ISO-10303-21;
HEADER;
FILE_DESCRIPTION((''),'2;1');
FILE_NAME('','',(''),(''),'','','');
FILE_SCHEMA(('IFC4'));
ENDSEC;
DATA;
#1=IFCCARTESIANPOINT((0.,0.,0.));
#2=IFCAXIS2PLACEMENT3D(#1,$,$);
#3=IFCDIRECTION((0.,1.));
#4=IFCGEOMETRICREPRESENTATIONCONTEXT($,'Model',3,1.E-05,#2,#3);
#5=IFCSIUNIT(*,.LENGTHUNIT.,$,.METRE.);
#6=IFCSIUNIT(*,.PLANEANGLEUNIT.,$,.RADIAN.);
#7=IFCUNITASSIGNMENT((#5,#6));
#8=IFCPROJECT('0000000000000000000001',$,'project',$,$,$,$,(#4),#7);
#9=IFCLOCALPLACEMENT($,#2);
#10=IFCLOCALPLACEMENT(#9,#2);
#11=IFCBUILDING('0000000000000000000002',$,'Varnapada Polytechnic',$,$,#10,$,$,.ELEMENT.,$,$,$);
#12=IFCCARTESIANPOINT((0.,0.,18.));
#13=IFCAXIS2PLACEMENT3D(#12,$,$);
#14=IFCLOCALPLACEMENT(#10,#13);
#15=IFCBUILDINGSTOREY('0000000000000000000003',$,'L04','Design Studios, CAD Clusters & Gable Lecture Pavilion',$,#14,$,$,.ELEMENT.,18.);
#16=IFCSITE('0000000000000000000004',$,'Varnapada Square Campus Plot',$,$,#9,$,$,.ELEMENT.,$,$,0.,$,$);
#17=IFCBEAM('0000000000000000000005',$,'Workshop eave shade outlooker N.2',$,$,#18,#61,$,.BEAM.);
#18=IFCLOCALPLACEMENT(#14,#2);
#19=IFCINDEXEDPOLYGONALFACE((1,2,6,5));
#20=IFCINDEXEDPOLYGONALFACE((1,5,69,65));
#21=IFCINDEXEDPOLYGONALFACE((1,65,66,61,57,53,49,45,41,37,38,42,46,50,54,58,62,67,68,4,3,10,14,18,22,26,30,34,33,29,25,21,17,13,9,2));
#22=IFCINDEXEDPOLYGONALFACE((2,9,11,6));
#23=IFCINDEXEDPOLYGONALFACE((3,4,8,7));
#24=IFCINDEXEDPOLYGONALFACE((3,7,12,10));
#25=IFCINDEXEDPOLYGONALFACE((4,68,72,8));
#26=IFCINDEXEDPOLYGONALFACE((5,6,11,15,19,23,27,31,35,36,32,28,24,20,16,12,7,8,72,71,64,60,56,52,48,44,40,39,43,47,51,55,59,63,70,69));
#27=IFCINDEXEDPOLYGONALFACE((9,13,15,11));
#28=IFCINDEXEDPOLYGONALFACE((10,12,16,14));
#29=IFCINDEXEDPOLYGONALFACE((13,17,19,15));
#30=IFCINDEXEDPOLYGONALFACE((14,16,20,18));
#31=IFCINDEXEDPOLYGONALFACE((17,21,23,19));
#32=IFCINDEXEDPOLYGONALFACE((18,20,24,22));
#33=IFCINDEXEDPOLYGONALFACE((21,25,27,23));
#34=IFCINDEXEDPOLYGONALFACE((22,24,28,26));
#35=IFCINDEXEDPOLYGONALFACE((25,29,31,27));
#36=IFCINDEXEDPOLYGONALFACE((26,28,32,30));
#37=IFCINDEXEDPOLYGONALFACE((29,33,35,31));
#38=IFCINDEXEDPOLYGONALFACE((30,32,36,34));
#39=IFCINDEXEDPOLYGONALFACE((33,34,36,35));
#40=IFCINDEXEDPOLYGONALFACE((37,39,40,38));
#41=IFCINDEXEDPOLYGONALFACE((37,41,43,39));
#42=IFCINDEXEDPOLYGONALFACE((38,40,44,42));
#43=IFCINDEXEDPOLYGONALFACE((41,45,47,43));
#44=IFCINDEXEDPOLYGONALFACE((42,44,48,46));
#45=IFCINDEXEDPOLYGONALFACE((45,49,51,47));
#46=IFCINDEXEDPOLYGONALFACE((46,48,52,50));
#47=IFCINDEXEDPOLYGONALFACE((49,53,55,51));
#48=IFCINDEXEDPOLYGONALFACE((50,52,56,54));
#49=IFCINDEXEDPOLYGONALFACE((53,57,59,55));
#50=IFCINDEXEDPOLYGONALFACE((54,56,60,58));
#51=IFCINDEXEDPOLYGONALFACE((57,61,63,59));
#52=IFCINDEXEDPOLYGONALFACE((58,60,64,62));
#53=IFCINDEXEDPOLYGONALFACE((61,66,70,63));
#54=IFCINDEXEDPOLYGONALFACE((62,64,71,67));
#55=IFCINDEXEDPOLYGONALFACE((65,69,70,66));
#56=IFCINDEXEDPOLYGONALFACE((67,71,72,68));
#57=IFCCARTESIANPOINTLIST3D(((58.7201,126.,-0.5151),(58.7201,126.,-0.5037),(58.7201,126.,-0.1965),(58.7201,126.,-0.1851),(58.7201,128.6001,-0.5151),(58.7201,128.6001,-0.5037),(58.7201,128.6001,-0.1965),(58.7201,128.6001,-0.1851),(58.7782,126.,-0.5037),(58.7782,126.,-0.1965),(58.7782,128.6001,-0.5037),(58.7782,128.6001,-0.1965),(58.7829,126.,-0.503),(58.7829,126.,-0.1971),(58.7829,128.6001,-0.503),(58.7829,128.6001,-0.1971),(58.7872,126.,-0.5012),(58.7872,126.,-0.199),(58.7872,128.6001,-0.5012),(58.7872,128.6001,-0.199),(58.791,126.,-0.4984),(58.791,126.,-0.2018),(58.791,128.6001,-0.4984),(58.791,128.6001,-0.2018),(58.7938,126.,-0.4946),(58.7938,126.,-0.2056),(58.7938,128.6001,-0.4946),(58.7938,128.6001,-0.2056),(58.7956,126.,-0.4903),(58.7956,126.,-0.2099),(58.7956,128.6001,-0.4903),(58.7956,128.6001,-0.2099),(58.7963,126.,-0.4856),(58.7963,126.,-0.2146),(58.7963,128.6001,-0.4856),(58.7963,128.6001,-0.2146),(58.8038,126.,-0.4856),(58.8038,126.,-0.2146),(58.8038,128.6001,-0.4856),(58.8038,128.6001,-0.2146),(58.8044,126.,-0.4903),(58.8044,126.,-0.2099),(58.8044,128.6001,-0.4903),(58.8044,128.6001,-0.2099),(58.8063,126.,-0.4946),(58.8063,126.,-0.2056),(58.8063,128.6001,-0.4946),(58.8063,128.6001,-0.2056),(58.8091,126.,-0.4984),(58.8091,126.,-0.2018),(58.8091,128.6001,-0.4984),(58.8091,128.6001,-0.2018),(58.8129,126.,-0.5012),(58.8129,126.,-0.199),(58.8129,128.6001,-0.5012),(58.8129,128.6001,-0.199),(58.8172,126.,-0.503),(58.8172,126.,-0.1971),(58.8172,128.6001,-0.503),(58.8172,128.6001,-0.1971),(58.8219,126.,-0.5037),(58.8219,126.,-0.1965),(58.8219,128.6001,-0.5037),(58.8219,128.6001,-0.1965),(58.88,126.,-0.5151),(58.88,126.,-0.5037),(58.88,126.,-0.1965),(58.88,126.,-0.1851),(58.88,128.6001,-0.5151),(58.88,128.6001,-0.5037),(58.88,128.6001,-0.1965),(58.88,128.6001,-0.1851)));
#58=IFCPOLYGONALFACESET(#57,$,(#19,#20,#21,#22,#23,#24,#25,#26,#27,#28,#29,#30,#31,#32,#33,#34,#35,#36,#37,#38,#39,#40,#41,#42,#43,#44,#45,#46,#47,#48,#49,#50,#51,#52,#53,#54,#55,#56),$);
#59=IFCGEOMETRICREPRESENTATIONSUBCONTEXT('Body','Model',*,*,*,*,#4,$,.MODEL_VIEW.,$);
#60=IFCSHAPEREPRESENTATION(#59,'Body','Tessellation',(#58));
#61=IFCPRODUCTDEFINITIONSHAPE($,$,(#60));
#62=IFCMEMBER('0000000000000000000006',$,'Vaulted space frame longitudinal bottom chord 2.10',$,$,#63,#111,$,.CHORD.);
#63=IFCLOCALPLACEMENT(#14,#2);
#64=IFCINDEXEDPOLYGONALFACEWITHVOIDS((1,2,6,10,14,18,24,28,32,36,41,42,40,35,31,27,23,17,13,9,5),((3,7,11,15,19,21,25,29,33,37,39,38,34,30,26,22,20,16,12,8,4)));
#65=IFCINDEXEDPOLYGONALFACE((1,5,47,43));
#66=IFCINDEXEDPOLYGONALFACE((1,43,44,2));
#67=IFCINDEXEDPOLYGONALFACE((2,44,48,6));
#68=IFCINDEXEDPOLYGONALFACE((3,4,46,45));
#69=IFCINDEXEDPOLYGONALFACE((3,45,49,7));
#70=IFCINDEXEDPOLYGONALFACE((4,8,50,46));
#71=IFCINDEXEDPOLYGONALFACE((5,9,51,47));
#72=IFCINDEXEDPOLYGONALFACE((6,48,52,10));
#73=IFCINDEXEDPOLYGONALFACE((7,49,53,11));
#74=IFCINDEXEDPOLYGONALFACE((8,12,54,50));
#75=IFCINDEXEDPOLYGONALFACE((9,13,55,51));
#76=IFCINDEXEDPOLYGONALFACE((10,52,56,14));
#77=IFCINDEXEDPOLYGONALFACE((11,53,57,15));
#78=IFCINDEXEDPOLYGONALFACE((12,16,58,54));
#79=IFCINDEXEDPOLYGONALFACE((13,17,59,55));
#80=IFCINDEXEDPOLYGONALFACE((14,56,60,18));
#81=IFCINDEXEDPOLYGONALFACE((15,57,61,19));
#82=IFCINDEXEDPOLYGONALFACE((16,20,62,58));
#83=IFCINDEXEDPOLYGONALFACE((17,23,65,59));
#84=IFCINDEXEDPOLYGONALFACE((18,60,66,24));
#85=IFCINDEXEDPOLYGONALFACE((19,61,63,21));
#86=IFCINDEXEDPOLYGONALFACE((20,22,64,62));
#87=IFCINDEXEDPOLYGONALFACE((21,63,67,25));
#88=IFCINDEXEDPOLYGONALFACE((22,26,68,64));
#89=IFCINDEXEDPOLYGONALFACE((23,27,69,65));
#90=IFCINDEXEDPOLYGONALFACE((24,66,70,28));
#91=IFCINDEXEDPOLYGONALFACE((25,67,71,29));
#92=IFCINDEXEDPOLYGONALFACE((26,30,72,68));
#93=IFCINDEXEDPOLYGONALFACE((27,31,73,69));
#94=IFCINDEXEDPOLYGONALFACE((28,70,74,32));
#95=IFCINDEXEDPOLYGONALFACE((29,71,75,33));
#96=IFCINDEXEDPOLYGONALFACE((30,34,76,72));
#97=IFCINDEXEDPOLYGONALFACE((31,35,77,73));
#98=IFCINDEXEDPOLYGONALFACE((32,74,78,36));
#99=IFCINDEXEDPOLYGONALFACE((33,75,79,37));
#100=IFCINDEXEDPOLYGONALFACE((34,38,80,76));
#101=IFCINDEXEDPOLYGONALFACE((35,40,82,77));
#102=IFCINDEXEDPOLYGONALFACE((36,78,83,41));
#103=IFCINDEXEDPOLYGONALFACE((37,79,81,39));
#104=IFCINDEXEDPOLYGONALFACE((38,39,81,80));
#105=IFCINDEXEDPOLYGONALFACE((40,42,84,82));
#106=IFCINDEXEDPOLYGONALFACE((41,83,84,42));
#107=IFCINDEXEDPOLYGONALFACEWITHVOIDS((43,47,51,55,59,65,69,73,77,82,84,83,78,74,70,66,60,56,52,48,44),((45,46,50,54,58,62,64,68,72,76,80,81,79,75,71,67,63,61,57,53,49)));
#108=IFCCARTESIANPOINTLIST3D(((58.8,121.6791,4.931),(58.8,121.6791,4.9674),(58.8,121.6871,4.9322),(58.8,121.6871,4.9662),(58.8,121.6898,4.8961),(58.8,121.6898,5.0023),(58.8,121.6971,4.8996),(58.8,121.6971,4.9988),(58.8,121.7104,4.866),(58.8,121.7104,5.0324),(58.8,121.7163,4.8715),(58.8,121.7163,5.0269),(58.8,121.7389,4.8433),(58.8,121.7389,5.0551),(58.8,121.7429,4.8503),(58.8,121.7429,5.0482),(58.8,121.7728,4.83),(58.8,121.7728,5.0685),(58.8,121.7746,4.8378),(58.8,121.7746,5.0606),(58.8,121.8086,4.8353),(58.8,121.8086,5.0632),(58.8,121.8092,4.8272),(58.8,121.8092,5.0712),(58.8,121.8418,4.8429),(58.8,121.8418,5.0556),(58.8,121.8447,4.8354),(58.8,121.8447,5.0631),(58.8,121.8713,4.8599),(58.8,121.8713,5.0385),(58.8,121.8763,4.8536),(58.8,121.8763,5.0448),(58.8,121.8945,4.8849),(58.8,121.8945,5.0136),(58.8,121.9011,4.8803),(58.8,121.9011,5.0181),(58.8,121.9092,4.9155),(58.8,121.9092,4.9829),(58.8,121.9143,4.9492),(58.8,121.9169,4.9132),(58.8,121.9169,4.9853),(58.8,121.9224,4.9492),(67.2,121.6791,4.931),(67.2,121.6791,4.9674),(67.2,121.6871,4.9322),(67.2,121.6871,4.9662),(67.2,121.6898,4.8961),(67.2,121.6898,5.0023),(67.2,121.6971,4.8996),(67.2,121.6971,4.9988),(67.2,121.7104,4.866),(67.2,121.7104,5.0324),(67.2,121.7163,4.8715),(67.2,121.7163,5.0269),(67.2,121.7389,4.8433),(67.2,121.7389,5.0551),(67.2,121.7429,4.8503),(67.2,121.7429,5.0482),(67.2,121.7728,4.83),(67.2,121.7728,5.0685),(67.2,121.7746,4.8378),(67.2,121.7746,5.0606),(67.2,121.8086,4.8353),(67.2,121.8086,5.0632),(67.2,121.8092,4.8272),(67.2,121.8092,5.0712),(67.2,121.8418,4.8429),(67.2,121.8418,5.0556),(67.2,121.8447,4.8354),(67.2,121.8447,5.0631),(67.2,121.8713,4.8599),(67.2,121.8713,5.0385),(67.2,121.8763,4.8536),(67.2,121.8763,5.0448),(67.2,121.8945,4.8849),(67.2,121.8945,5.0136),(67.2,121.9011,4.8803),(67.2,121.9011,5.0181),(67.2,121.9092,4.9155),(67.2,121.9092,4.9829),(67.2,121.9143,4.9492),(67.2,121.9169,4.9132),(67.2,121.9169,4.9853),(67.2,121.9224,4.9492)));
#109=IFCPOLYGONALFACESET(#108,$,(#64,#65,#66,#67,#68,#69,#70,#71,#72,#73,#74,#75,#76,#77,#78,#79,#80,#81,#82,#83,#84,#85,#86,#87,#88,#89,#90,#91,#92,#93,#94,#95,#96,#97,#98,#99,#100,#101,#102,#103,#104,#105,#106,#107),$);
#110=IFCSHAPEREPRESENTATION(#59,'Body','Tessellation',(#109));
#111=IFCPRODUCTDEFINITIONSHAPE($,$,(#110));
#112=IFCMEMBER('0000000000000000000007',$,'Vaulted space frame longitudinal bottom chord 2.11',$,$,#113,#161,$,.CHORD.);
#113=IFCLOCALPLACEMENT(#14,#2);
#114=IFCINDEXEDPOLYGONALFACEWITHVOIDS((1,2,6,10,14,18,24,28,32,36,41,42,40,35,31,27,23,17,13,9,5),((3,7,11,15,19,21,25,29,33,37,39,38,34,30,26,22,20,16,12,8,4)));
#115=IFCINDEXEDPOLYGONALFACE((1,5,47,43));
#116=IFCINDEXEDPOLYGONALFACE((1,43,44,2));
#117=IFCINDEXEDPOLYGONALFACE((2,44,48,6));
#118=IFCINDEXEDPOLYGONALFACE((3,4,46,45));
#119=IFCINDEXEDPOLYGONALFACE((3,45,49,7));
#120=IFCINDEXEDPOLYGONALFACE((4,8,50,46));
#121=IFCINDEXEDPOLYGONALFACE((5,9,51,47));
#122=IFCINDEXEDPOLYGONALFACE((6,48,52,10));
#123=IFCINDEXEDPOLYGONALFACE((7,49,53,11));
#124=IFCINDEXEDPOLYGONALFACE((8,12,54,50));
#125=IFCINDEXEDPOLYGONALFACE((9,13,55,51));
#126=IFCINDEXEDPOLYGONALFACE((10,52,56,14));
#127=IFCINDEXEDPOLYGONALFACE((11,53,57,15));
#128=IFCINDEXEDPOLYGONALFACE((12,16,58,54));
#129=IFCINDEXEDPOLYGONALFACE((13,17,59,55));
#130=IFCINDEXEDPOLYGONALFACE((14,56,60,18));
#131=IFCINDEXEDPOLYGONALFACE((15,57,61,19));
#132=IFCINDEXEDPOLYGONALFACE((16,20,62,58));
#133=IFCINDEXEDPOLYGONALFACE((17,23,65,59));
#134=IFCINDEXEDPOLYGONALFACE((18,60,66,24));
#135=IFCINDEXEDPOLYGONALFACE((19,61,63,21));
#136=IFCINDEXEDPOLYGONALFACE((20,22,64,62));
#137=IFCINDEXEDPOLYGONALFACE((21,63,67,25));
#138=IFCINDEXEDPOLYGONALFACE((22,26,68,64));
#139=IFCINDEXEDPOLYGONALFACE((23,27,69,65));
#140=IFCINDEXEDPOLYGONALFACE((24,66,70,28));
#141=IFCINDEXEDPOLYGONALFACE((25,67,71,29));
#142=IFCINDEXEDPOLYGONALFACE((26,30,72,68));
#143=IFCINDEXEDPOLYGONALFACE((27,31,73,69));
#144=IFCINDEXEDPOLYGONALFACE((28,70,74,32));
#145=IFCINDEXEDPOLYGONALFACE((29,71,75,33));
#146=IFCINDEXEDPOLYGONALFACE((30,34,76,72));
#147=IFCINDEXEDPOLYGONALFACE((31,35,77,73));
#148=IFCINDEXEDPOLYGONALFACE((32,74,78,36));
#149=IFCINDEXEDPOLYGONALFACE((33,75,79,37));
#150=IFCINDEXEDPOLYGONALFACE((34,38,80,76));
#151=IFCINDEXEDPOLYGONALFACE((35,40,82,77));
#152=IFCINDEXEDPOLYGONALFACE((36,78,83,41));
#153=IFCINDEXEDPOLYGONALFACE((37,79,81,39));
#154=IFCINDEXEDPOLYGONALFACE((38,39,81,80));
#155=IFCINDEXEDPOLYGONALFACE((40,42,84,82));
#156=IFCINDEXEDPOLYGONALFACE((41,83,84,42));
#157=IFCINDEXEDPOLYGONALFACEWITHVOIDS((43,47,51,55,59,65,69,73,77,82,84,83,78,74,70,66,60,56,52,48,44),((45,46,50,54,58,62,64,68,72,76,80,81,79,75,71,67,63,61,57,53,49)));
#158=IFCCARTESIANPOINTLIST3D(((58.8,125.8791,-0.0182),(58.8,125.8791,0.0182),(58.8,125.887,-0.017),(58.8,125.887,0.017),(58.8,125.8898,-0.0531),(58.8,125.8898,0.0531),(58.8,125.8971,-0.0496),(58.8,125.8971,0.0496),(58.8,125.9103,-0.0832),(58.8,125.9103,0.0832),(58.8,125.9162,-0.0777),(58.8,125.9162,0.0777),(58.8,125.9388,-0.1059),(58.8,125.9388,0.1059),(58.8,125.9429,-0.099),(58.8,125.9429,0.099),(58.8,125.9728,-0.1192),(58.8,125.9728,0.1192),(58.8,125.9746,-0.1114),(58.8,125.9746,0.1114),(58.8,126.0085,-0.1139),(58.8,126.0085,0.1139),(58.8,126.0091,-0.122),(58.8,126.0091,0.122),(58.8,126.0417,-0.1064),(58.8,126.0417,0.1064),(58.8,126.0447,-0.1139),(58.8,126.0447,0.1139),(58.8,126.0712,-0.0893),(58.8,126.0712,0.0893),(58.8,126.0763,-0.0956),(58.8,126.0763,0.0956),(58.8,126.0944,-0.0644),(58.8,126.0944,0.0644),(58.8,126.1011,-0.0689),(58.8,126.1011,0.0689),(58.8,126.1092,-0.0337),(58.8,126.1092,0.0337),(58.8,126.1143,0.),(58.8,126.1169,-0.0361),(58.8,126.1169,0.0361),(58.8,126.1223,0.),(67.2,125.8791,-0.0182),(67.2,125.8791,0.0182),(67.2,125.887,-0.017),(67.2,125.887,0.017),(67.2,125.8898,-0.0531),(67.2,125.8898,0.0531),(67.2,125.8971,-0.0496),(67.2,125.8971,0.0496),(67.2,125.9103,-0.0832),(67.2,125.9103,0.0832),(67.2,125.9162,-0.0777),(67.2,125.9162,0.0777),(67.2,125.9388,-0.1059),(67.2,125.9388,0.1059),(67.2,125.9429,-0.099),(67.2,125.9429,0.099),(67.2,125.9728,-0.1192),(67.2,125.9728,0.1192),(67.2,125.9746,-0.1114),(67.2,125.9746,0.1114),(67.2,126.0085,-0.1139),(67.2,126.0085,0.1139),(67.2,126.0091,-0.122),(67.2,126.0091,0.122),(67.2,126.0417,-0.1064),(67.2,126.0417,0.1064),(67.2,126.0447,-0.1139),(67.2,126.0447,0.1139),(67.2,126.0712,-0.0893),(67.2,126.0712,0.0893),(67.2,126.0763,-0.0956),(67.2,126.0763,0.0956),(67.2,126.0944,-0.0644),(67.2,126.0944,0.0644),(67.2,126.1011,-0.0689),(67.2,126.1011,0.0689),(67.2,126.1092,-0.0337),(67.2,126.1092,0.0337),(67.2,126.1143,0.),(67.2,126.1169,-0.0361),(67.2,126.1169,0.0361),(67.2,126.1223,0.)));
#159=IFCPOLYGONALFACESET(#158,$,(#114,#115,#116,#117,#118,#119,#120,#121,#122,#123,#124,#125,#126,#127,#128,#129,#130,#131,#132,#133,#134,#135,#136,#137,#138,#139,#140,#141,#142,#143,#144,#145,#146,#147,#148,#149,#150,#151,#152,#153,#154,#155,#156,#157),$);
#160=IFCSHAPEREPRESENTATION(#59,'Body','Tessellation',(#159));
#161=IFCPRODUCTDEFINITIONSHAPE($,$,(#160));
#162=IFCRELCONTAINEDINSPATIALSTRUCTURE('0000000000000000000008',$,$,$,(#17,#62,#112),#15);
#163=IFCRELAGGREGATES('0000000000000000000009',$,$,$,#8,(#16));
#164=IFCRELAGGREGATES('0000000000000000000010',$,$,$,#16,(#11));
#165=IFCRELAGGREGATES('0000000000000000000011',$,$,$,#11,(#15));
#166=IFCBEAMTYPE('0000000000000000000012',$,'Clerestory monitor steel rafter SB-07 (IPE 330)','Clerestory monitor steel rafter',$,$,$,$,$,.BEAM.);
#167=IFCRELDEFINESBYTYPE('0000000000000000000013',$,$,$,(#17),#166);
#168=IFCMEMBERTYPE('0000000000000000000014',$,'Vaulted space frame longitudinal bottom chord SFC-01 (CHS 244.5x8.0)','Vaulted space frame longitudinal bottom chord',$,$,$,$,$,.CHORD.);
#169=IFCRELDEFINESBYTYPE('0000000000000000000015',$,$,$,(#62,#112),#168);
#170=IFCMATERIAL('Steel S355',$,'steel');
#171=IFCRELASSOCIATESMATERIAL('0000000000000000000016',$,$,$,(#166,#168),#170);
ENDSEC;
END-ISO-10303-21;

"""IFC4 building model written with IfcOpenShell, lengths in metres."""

from ifc_helpers import new_model, si_unit, direction, frame, origin, origin_2d, place, context, subcontext, project, spatial, hollow_circle, i_section, extrude, material, material_profile, profile_set, type_object, element, save


model = new_model("IFC4")

# Units and contexts
model_context = context("Model", 3, precision=1e-05, world=origin(), true_north=direction((0.0, 1.0)))
body_context = subcontext(model_context, "Body", "Model", "MODEL_VIEW")
ifc_project = project(units=[si_unit("LENGTHUNIT", "METRE"), si_unit("PLANEANGLEUNIT", "RADIAN")], contexts=[model_context])

# Site, building, storey
site_placement = place(None, origin())
site = spatial("IfcSite", under=ifc_project, at=site_placement, Name="Varnapada Square Campus Plot", CompositionType="ELEMENT", RefElevation=0.0)
building_placement = place(site_placement, origin())
building = spatial("IfcBuilding", under=site, at=building_placement, Name="Varnapada Polytechnic", CompositionType="ELEMENT")
storey_placement = place(building_placement, frame((0.0, 0.0, 18.0)))
storey = spatial("IfcBuildingStorey", under=building, at=storey_placement, Name="L04", Description="Design Studios, CAD Clusters & Gable Lecture Pavilion", CompositionType="ELEMENT", Elevation=18.0)

# Beam
ifc_material = material(Name="Steel S355", Category="steel")
ifc_material_profile_1 = material_profile(ifc_material, i_section(OverallWidth=0.1599, OverallDepth=0.3301, WebThickness=0.0076, FlangeThickness=0.0115, FilletRadius=0.0181, at=origin_2d()), Name="IPE 330")
ifc_profile_set_1 = profile_set([ifc_material_profile_1], Name="Steel S355")
beam_type_1 = type_object("IfcBeamType", Name="Clerestory monitor steel rafter SB-07 (IPE 330)", Description="Clerestory monitor steel rafter", PredefinedType="BEAM", material=ifc_profile_set_1)
beam_1_placement = place(storey_placement, frame((58.8, 126.0, -0.3501), z_axis=(0.0, 1.0, 0.0), x_axis=(-1.0, 0.0, 0.0)))
element("IfcBeam", 1, at=beam_1_placement, inside=storey, type_object=beam_type_1, Name="Workshop eave shade outlooker N.2", PredefinedType="BEAM", context=body_context, shape_type="SweptSolid", body=[
    extrude(i_section(OverallWidth=0.1599, OverallDepth=0.3301, WebThickness=0.0076, FlangeThickness=0.0115, FilletRadius=0.0181, at=origin_2d()), origin(), (0.0, 0.0, 1.0), 2.6001),
])

# Members
ifc_material_profile_2 = material_profile(ifc_material, hollow_circle(Radius=0.1223, WallThickness=0.0081, at=origin_2d()), Name="CHS 244.5x8.0")
ifc_profile_set_2 = profile_set([ifc_material_profile_2], Name="Steel S355")
member_type_1 = type_object("IfcMemberType", Name="Vaulted space frame longitudinal bottom chord SFC-01 (CHS 244.5x8.0)", Description="Vaulted space frame longitudinal bottom chord", PredefinedType="CHORD", material=ifc_profile_set_2)
for number, where, z_axis, x_axis, name in (
    (2, (58.8, 121.8, 4.9492), (1.0, 0.0, 0.0), (0.0, 1.0, 0.0), "Vaulted space frame longitudinal bottom chord 2.10"),
    (3, (58.8, 126.0, 0.0), (1.0, 0.0, 0.0), (0.0, 1.0, 0.0), "Vaulted space frame longitudinal bottom chord 2.11"),
):
    element("IfcMember", number, at=place(storey_placement, frame(where, z_axis=z_axis, x_axis=x_axis)), inside=storey, type_object=member_type_1, Name=name, PredefinedType="CHORD", context=body_context, shape_type="SweptSolid", body=[
        extrude(hollow_circle(Radius=0.1223, WallThickness=0.0081, at=origin_2d()), origin(), (0.0, 0.0, 1.0), 8.3999),
    ])

save(model, "model.ifc")
